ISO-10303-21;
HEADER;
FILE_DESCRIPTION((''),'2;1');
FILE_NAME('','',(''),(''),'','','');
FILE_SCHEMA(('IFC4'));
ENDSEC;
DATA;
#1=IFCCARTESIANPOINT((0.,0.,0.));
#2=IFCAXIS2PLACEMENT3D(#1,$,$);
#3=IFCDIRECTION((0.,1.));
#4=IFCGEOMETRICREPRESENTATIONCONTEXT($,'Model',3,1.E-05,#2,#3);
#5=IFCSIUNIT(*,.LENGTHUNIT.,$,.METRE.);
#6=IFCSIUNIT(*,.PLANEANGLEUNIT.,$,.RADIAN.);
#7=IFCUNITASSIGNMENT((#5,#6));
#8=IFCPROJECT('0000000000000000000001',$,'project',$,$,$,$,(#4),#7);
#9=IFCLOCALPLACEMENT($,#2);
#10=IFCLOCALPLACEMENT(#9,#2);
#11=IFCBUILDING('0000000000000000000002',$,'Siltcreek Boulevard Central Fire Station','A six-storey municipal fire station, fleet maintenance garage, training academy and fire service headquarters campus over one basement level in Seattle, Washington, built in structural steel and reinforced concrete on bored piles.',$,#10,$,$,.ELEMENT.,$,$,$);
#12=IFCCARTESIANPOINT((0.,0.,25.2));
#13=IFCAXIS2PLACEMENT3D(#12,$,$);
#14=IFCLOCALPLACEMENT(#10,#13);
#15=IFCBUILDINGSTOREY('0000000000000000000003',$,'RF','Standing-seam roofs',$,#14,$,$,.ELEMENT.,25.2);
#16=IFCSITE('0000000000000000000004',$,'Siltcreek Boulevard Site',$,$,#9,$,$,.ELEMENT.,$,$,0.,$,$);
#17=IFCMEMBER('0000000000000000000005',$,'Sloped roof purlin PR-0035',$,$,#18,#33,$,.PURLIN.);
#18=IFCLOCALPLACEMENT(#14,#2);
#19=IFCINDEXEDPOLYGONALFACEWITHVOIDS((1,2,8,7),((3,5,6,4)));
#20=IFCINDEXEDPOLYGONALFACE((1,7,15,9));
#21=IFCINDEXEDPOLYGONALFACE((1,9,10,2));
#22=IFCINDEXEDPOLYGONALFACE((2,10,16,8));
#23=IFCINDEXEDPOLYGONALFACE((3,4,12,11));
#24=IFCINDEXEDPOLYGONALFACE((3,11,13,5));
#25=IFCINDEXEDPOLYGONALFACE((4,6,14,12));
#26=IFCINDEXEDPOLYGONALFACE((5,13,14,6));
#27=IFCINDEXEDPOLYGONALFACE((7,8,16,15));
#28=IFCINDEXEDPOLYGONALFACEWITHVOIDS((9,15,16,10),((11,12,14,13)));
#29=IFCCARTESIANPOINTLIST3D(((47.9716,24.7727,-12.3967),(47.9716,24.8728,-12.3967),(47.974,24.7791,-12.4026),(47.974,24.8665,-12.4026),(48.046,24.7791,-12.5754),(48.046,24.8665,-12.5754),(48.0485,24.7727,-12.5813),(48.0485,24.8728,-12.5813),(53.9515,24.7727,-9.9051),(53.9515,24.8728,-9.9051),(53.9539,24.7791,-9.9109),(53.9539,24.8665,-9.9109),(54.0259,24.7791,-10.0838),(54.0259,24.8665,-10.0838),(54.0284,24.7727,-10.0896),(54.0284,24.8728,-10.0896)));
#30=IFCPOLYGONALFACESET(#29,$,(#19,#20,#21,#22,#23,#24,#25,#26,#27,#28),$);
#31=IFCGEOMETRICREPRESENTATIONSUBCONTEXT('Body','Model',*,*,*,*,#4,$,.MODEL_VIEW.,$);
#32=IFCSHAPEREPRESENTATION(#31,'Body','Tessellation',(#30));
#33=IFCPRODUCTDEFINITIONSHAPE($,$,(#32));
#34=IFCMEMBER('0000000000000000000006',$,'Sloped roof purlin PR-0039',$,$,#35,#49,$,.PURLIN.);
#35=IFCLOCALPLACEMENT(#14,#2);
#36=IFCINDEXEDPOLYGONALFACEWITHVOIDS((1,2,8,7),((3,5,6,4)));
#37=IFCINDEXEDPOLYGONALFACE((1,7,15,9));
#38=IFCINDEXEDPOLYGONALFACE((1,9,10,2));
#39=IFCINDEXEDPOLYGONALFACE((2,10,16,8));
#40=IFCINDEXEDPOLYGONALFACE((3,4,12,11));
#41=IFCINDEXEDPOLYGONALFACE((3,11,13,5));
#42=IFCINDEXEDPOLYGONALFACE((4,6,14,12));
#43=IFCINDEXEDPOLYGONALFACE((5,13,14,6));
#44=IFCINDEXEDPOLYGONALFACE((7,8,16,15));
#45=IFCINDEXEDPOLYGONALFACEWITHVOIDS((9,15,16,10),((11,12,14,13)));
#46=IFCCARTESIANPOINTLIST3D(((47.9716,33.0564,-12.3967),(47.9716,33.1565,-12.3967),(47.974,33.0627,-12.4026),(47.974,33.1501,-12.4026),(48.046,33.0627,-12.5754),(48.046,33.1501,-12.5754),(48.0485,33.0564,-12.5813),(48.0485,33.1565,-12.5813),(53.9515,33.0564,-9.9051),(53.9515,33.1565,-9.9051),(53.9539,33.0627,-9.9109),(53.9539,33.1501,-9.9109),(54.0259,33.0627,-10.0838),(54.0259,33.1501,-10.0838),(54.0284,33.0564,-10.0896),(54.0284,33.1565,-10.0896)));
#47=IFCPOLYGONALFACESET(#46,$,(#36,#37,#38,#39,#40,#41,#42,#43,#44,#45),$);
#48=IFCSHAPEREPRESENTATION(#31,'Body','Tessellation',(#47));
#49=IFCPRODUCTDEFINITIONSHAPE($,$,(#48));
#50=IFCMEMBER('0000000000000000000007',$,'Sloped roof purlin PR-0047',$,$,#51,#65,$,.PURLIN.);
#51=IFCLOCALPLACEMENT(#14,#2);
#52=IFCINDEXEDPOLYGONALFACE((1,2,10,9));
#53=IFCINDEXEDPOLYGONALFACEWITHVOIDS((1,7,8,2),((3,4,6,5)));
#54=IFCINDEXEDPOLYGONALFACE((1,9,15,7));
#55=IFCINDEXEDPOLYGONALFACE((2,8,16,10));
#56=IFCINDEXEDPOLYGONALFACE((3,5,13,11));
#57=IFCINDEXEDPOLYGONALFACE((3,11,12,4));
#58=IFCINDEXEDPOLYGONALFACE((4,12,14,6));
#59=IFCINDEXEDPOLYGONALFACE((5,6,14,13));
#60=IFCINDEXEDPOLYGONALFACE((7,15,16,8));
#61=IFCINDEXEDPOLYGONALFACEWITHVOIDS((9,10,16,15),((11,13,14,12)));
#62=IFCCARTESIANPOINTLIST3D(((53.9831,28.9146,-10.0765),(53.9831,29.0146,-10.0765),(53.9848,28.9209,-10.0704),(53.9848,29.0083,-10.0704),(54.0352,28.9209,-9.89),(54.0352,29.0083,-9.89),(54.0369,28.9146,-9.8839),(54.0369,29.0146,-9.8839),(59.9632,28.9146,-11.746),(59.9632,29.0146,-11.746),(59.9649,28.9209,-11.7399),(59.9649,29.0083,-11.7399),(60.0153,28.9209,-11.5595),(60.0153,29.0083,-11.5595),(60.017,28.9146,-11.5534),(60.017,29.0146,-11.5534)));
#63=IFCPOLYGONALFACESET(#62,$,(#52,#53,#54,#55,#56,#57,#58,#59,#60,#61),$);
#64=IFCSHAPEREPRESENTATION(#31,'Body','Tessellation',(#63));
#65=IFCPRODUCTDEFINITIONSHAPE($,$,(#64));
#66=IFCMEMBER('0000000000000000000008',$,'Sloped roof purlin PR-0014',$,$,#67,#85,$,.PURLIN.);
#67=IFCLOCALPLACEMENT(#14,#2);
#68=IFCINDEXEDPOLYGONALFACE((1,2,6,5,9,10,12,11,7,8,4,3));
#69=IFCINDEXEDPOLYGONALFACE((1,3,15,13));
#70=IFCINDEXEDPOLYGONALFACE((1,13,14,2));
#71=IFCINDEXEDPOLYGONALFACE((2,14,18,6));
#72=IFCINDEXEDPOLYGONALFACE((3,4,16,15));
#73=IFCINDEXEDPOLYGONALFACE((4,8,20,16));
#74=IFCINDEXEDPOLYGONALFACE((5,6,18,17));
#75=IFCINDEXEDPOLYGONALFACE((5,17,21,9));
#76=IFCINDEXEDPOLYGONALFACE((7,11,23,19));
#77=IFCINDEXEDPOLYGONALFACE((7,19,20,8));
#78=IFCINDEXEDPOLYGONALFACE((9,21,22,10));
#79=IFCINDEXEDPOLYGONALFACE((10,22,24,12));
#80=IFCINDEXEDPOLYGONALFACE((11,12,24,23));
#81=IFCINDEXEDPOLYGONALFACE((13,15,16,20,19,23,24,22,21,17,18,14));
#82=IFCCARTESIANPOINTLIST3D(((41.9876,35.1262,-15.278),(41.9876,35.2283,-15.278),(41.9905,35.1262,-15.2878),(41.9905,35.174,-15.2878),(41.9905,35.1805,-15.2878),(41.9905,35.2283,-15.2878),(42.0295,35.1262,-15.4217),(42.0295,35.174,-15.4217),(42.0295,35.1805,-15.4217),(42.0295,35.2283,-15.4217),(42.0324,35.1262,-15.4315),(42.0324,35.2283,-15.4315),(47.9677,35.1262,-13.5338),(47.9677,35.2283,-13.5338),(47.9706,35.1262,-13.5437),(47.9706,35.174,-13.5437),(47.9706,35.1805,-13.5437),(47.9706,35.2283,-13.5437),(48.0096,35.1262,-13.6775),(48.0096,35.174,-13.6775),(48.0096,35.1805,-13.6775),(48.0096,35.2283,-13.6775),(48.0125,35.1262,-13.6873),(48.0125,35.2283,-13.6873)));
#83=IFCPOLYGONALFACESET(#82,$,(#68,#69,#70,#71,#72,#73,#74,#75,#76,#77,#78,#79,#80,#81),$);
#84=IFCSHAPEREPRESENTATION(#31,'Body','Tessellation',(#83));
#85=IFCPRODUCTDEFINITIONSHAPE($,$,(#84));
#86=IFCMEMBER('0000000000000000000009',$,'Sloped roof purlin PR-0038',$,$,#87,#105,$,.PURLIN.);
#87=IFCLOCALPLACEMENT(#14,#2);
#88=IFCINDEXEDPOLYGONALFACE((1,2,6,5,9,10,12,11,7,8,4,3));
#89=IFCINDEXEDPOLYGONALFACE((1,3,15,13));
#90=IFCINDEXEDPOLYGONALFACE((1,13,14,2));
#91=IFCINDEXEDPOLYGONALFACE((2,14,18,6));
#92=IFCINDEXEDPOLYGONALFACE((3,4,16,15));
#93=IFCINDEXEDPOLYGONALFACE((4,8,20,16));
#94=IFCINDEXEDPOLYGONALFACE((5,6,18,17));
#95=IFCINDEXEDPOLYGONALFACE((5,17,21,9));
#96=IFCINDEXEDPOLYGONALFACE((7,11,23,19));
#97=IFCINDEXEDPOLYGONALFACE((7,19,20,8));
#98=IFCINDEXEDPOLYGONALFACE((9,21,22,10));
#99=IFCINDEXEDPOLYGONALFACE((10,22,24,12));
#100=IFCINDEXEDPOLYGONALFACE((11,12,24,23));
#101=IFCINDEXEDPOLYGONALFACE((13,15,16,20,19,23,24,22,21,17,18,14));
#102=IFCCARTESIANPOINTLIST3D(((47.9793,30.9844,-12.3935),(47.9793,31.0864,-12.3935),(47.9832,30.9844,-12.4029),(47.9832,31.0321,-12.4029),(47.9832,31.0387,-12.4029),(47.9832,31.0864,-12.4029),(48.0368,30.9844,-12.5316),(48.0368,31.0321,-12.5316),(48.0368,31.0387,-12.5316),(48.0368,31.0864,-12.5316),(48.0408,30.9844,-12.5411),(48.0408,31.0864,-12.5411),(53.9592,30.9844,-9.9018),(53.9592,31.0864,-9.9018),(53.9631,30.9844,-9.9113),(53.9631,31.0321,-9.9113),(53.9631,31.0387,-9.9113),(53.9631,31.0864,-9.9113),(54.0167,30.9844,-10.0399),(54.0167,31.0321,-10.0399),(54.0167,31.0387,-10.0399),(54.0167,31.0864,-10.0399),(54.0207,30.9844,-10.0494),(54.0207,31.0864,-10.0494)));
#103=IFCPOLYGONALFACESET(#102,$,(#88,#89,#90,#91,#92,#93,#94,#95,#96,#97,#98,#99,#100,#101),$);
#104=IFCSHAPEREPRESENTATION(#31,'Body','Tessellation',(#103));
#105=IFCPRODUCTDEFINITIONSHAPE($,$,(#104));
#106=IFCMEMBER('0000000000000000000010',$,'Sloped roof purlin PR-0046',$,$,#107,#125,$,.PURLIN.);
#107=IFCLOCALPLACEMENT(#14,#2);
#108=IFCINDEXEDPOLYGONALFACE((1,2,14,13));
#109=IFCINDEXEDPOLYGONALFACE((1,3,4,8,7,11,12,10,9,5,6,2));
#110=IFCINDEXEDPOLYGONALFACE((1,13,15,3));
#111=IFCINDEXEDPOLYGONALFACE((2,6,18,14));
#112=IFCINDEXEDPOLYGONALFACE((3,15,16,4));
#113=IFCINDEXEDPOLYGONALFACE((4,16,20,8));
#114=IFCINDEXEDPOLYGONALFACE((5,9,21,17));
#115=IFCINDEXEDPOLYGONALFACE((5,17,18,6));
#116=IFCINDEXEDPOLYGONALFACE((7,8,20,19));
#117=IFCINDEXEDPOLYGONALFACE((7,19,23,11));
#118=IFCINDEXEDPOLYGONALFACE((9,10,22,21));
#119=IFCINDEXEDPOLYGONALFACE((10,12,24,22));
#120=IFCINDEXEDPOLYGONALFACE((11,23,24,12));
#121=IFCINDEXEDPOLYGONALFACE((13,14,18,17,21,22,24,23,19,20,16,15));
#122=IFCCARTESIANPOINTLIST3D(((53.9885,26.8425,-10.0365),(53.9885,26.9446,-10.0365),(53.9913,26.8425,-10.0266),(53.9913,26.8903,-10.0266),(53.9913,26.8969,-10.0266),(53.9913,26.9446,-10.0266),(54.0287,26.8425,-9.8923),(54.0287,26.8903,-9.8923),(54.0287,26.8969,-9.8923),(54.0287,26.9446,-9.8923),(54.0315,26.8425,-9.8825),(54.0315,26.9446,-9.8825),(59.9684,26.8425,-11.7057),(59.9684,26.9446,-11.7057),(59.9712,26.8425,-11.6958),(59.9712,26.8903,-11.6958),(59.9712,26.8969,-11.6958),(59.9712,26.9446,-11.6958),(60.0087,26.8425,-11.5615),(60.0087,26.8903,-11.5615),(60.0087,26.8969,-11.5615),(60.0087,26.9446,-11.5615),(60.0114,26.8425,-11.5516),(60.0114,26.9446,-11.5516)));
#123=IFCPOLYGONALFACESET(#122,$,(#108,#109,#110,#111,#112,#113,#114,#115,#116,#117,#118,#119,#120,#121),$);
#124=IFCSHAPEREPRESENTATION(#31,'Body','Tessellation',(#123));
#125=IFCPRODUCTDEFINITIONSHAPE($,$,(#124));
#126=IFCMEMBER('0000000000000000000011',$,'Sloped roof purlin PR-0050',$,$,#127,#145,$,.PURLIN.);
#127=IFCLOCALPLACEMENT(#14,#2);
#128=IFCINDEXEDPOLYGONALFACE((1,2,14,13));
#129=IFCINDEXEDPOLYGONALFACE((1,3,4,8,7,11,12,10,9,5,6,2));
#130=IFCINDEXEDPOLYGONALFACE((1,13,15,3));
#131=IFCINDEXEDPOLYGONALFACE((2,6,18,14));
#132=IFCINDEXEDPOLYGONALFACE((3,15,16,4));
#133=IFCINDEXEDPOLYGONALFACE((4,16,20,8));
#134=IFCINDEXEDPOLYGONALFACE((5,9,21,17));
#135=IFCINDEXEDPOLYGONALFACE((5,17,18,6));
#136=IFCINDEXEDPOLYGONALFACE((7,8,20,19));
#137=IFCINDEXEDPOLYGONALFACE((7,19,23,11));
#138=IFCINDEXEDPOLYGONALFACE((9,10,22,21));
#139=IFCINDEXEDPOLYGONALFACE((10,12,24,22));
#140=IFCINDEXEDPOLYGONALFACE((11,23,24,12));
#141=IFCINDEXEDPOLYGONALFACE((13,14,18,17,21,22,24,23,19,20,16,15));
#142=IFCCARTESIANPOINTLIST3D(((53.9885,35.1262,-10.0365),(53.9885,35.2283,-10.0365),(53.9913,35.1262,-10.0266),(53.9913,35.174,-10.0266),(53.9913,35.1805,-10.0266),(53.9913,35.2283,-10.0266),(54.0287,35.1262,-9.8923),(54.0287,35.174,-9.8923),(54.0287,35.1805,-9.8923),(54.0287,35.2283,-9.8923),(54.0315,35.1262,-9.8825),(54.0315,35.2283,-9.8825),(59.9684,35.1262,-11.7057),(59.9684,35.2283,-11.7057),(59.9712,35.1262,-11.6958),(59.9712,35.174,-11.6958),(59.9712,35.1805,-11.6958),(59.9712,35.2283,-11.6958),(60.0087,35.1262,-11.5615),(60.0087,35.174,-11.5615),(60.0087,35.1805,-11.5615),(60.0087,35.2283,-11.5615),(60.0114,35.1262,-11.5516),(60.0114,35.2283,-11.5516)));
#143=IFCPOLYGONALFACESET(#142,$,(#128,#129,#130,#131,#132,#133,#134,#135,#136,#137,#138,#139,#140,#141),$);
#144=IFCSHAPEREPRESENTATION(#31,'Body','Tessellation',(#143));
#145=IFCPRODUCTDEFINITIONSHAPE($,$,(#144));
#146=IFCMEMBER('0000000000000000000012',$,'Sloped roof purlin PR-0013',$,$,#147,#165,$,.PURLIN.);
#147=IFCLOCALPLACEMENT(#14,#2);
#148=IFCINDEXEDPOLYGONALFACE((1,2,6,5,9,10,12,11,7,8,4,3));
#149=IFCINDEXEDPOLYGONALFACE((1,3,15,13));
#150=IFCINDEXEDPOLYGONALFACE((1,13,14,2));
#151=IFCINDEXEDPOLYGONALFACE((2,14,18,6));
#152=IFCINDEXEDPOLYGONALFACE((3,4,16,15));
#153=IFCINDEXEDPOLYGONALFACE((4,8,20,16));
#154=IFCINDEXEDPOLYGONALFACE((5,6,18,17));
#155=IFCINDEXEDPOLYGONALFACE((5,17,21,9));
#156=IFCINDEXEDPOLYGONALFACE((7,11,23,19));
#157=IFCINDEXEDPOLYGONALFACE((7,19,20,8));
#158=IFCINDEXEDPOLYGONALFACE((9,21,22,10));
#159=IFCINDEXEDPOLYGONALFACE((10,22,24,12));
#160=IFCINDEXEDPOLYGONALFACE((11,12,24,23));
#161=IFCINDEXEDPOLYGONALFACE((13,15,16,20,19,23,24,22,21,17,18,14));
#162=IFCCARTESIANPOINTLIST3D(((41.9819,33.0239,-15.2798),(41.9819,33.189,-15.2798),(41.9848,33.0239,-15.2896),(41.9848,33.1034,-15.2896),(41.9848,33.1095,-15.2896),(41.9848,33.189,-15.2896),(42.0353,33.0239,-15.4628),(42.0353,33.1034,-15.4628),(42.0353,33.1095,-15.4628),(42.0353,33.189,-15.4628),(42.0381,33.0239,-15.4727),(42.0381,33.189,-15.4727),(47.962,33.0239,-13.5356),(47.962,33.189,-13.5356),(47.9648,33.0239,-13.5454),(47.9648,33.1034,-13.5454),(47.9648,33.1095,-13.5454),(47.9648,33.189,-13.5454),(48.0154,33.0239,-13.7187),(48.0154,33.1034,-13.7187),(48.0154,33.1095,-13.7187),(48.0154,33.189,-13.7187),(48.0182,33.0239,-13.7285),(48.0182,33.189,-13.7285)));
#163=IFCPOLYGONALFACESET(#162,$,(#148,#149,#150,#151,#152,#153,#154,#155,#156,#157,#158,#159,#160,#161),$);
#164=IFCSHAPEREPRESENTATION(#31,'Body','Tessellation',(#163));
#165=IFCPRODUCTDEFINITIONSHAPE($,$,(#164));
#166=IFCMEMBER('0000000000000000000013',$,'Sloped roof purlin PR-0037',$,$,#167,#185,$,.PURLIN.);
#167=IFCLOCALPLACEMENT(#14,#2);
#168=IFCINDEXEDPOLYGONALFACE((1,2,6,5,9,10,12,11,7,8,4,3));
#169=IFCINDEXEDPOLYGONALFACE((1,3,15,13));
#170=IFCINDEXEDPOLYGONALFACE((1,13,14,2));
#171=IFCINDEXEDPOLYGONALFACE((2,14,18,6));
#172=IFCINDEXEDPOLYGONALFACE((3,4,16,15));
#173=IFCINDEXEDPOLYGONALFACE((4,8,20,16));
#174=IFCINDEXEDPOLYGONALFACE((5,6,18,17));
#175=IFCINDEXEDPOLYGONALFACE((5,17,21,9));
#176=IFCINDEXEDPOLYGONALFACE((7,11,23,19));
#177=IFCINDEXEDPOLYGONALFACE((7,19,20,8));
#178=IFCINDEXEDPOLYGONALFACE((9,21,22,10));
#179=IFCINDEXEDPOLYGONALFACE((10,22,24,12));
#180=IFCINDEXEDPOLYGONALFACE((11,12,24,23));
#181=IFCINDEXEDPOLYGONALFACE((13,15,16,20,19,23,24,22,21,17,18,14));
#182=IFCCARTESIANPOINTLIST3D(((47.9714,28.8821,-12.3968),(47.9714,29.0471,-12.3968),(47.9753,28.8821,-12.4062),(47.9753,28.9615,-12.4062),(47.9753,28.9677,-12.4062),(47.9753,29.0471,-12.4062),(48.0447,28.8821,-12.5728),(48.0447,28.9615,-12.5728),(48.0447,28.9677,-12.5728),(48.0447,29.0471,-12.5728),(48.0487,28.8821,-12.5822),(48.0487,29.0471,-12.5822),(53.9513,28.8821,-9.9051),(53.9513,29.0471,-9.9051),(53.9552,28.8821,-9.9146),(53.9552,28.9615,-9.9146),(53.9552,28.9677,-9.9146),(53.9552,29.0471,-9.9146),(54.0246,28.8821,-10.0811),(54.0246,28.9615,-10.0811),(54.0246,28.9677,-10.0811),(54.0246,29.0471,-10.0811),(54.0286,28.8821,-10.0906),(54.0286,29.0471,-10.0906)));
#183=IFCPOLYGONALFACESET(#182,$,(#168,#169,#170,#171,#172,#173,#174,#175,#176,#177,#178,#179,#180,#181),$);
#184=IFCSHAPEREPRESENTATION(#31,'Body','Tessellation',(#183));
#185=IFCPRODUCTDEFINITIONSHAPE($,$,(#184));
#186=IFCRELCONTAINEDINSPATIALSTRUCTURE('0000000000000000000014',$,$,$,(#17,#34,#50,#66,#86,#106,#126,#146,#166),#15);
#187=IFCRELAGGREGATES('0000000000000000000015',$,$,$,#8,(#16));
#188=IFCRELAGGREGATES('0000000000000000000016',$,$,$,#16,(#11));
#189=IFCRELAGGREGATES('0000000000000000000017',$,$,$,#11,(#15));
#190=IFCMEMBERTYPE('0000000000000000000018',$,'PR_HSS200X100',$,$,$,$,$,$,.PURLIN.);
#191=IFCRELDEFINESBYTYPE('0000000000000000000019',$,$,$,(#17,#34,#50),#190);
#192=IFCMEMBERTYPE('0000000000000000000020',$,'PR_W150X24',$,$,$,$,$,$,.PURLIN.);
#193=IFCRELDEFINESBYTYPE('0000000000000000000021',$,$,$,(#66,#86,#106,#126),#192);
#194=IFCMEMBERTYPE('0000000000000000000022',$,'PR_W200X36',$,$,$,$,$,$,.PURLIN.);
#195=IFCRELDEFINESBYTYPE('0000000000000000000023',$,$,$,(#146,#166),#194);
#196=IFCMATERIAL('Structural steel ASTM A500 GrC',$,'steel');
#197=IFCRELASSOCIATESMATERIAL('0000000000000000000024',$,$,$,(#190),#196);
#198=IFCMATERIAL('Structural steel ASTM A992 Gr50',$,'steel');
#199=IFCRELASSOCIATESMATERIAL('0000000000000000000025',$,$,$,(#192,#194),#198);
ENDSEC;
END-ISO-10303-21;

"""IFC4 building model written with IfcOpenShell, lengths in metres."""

from ifc_helpers import new_model, si_unit, direction, frame, origin, origin_2d, place, context, subcontext, project, spatial, hollow_rectangle, i_section, extrude, material, material_profile, profile_set, type_object, element, save


model = new_model("IFC4")

# Units and contexts
model_context = context("Model", 3, precision=1e-05, world=origin(), true_north=direction((0.0, 1.0)))
body_context = subcontext(model_context, "Body", "Model", "MODEL_VIEW")
ifc_project = project(units=[si_unit("LENGTHUNIT", "METRE"), si_unit("PLANEANGLEUNIT", "RADIAN")], contexts=[model_context])

# Site, building, storey
site_placement = place(None, origin())
site = spatial("IfcSite", under=ifc_project, at=site_placement, Name="Siltcreek Boulevard Site", CompositionType="ELEMENT", RefElevation=0.0)
building_placement = place(site_placement, origin())
building = spatial("IfcBuilding", under=site, at=building_placement, Name="Siltcreek Boulevard Central Fire Station", Description="A six-storey municipal fire station, fleet maintenance garage, training academy and fire service headquarters campus over one basement level in Seattle, Washington, built in structural steel and reinforced concrete on bored piles.", CompositionType="ELEMENT")
storey_placement = place(building_placement, frame((0.0, 0.0, 25.2)))
storey = spatial("IfcBuildingStorey", under=building, at=storey_placement, Name="RF", Description="Standing-seam roofs", CompositionType="ELEMENT", Elevation=25.2)

# Members
ifc_material_1 = material(Name="Structural steel ASTM A500 GrC", Category="steel")
ifc_material_profile_1 = material_profile(ifc_material_1, hollow_rectangle(XDim=0.1001, YDim=0.2, WallThickness=0.0063, at=origin_2d()), Name="HSS200X100X6.4")
ifc_profile_set_1 = profile_set([ifc_material_profile_1], Name="Structural steel ASTM A500 GrC")
member_type_1 = type_object("IfcMemberType", Name="PR_HSS200X100", PredefinedType="PURLIN", material=ifc_profile_set_1)
for number, where, z_axis, x_axis, name in (
    (1, (48.01, 24.8228, -12.489), (0.923075, 0.0, 0.384621), (0.0, 1.0, 0.0), "Sloped roof purlin PR-0035"),
    (2, (48.01, 33.1064, -12.489), (0.923075, 0.0, 0.384621), (0.0, 1.0, 0.0), "Sloped roof purlin PR-0039"),
):
    element("IfcMember", number, at=place(storey_placement, frame(where, z_axis=z_axis, x_axis=x_axis)), inside=storey, type_object=member_type_1, Name=name, PredefinedType="PURLIN", context=body_context, shape_type="SweptSolid", body=[
        extrude(hollow_rectangle(XDim=0.1001, YDim=0.2, WallThickness=0.0063, at=origin_2d()), origin(), (0.0, 0.0, 1.0), 6.4783),
    ])
member_1_placement = place(storey_placement, frame((54.01, 28.9646, -9.9802), z_axis=(0.963171, 0.0, -0.268889), x_axis=(0.0, 1.0, 0.0)))
element("IfcMember", 3, at=member_1_placement, inside=storey, type_object=member_type_1, Name="Sloped roof purlin PR-0047", PredefinedType="PURLIN", context=body_context, shape_type="SweptSolid", body=[
    extrude(hollow_rectangle(XDim=0.1001, YDim=0.2, WallThickness=0.0063, at=origin_2d()), origin(), (0.0, 0.0, 1.0), 6.2087),
])
ifc_material_2 = material(Name="Structural steel ASTM A992 Gr50", Category="steel")
ifc_material_profile_2 = material_profile(ifc_material_2, i_section(OverallWidth=0.1021, OverallDepth=0.1599, WebThickness=0.0066, FlangeThickness=0.0103, at=origin_2d()), Name="W150X24")
ifc_profile_set_2 = profile_set([ifc_material_profile_2], Name="Structural steel ASTM A992 Gr50")
member_type_2 = type_object("IfcMemberType", Name="PR_W150X24", PredefinedType="PURLIN", material=ifc_profile_set_2)
member_2_placement = place(storey_placement, frame((42.01, 35.1772, -15.3547), z_axis=(0.960001, 0.0, 0.279997), x_axis=(0.0, 1.0, 0.0)))
element("IfcMember", 4, at=member_2_placement, inside=storey, type_object=member_type_2, Name="Sloped roof purlin PR-0014", PredefinedType="PURLIN", context=body_context, shape_type="SweptSolid", body=[
    extrude(i_section(OverallWidth=0.1021, OverallDepth=0.1599, WebThickness=0.0066, FlangeThickness=0.0103, at=origin_2d()), origin(), (0.0, 0.0, 1.0), 6.2292),
])
member_3_placement = place(storey_placement, frame((48.01, 31.0354, -12.4673), z_axis=(0.923075, 0.0, 0.384621), x_axis=(0.0, 1.0, 0.0)))
element("IfcMember", 5, at=member_3_placement, inside=storey, type_object=member_type_2, Name="Sloped roof purlin PR-0038", PredefinedType="PURLIN", context=body_context, shape_type="SweptSolid", body=[
    extrude(i_section(OverallWidth=0.1021, OverallDepth=0.1599, WebThickness=0.0066, FlangeThickness=0.0103, at=origin_2d()), origin(), (0.0, 0.0, 1.0), 6.4783),
])
for number, where, z_axis, x_axis, name in (
    (6, (54.01, 26.8936, -9.9595), (0.963181, 0.0, -0.268852), (0.0, 1.0, 0.0), "Sloped roof purlin PR-0046"),
    (7, (54.01, 35.1772, -9.9595), (0.963181, 0.0, -0.268852), (0.0, 1.0, 0.0), "Sloped roof purlin PR-0050"),
):
    element("IfcMember", number, at=place(storey_placement, frame(where, z_axis=z_axis, x_axis=x_axis)), inside=storey, type_object=member_type_2, Name=name, PredefinedType="PURLIN", context=body_context, shape_type="SweptSolid", body=[
        extrude(i_section(OverallWidth=0.1021, OverallDepth=0.1599, WebThickness=0.0066, FlangeThickness=0.0103, at=origin_2d()), origin(), (0.0, 0.0, 1.0), 6.2085),
    ])
ifc_material_profile_3 = material_profile(ifc_material_2, i_section(OverallWidth=0.165, OverallDepth=0.2009, WebThickness=0.0061, FlangeThickness=0.0103, at=origin_2d()), Name="W200X36")
ifc_profile_set_3 = profile_set([ifc_material_profile_3], Name="Structural steel ASTM A992 Gr50")
member_type_3 = type_object("IfcMemberType", Name="PR_W200X36", PredefinedType="PURLIN", material=ifc_profile_set_3)
member_4_placement = place(storey_placement, frame((42.01, 33.1064, -15.3762), z_axis=(0.960001, 0.0, 0.279997), x_axis=(0.0, 1.0, 0.0)))
element("IfcMember", 8, at=member_4_placement, inside=storey, type_object=member_type_3, Name="Sloped roof purlin PR-0013", PredefinedType="PURLIN", context=body_context, shape_type="SweptSolid", body=[
    extrude(i_section(OverallWidth=0.165, OverallDepth=0.2009, WebThickness=0.0061, FlangeThickness=0.0103, at=origin_2d()), origin(), (0.0, 0.0, 1.0), 6.2292),
])
member_5_placement = place(storey_placement, frame((48.01, 28.9646, -12.4895), z_axis=(0.923075, 0.0, 0.384621), x_axis=(0.0, 1.0, 0.0)))
element("IfcMember", 9, at=member_5_placement, inside=storey, type_object=member_type_3, Name="Sloped roof purlin PR-0037", PredefinedType="PURLIN", context=body_context, shape_type="SweptSolid", body=[
    extrude(i_section(OverallWidth=0.165, OverallDepth=0.2009, WebThickness=0.0061, FlangeThickness=0.0103, at=origin_2d()), origin(), (0.0, 0.0, 1.0), 6.4783),
])

save(model, "model.ifc")
